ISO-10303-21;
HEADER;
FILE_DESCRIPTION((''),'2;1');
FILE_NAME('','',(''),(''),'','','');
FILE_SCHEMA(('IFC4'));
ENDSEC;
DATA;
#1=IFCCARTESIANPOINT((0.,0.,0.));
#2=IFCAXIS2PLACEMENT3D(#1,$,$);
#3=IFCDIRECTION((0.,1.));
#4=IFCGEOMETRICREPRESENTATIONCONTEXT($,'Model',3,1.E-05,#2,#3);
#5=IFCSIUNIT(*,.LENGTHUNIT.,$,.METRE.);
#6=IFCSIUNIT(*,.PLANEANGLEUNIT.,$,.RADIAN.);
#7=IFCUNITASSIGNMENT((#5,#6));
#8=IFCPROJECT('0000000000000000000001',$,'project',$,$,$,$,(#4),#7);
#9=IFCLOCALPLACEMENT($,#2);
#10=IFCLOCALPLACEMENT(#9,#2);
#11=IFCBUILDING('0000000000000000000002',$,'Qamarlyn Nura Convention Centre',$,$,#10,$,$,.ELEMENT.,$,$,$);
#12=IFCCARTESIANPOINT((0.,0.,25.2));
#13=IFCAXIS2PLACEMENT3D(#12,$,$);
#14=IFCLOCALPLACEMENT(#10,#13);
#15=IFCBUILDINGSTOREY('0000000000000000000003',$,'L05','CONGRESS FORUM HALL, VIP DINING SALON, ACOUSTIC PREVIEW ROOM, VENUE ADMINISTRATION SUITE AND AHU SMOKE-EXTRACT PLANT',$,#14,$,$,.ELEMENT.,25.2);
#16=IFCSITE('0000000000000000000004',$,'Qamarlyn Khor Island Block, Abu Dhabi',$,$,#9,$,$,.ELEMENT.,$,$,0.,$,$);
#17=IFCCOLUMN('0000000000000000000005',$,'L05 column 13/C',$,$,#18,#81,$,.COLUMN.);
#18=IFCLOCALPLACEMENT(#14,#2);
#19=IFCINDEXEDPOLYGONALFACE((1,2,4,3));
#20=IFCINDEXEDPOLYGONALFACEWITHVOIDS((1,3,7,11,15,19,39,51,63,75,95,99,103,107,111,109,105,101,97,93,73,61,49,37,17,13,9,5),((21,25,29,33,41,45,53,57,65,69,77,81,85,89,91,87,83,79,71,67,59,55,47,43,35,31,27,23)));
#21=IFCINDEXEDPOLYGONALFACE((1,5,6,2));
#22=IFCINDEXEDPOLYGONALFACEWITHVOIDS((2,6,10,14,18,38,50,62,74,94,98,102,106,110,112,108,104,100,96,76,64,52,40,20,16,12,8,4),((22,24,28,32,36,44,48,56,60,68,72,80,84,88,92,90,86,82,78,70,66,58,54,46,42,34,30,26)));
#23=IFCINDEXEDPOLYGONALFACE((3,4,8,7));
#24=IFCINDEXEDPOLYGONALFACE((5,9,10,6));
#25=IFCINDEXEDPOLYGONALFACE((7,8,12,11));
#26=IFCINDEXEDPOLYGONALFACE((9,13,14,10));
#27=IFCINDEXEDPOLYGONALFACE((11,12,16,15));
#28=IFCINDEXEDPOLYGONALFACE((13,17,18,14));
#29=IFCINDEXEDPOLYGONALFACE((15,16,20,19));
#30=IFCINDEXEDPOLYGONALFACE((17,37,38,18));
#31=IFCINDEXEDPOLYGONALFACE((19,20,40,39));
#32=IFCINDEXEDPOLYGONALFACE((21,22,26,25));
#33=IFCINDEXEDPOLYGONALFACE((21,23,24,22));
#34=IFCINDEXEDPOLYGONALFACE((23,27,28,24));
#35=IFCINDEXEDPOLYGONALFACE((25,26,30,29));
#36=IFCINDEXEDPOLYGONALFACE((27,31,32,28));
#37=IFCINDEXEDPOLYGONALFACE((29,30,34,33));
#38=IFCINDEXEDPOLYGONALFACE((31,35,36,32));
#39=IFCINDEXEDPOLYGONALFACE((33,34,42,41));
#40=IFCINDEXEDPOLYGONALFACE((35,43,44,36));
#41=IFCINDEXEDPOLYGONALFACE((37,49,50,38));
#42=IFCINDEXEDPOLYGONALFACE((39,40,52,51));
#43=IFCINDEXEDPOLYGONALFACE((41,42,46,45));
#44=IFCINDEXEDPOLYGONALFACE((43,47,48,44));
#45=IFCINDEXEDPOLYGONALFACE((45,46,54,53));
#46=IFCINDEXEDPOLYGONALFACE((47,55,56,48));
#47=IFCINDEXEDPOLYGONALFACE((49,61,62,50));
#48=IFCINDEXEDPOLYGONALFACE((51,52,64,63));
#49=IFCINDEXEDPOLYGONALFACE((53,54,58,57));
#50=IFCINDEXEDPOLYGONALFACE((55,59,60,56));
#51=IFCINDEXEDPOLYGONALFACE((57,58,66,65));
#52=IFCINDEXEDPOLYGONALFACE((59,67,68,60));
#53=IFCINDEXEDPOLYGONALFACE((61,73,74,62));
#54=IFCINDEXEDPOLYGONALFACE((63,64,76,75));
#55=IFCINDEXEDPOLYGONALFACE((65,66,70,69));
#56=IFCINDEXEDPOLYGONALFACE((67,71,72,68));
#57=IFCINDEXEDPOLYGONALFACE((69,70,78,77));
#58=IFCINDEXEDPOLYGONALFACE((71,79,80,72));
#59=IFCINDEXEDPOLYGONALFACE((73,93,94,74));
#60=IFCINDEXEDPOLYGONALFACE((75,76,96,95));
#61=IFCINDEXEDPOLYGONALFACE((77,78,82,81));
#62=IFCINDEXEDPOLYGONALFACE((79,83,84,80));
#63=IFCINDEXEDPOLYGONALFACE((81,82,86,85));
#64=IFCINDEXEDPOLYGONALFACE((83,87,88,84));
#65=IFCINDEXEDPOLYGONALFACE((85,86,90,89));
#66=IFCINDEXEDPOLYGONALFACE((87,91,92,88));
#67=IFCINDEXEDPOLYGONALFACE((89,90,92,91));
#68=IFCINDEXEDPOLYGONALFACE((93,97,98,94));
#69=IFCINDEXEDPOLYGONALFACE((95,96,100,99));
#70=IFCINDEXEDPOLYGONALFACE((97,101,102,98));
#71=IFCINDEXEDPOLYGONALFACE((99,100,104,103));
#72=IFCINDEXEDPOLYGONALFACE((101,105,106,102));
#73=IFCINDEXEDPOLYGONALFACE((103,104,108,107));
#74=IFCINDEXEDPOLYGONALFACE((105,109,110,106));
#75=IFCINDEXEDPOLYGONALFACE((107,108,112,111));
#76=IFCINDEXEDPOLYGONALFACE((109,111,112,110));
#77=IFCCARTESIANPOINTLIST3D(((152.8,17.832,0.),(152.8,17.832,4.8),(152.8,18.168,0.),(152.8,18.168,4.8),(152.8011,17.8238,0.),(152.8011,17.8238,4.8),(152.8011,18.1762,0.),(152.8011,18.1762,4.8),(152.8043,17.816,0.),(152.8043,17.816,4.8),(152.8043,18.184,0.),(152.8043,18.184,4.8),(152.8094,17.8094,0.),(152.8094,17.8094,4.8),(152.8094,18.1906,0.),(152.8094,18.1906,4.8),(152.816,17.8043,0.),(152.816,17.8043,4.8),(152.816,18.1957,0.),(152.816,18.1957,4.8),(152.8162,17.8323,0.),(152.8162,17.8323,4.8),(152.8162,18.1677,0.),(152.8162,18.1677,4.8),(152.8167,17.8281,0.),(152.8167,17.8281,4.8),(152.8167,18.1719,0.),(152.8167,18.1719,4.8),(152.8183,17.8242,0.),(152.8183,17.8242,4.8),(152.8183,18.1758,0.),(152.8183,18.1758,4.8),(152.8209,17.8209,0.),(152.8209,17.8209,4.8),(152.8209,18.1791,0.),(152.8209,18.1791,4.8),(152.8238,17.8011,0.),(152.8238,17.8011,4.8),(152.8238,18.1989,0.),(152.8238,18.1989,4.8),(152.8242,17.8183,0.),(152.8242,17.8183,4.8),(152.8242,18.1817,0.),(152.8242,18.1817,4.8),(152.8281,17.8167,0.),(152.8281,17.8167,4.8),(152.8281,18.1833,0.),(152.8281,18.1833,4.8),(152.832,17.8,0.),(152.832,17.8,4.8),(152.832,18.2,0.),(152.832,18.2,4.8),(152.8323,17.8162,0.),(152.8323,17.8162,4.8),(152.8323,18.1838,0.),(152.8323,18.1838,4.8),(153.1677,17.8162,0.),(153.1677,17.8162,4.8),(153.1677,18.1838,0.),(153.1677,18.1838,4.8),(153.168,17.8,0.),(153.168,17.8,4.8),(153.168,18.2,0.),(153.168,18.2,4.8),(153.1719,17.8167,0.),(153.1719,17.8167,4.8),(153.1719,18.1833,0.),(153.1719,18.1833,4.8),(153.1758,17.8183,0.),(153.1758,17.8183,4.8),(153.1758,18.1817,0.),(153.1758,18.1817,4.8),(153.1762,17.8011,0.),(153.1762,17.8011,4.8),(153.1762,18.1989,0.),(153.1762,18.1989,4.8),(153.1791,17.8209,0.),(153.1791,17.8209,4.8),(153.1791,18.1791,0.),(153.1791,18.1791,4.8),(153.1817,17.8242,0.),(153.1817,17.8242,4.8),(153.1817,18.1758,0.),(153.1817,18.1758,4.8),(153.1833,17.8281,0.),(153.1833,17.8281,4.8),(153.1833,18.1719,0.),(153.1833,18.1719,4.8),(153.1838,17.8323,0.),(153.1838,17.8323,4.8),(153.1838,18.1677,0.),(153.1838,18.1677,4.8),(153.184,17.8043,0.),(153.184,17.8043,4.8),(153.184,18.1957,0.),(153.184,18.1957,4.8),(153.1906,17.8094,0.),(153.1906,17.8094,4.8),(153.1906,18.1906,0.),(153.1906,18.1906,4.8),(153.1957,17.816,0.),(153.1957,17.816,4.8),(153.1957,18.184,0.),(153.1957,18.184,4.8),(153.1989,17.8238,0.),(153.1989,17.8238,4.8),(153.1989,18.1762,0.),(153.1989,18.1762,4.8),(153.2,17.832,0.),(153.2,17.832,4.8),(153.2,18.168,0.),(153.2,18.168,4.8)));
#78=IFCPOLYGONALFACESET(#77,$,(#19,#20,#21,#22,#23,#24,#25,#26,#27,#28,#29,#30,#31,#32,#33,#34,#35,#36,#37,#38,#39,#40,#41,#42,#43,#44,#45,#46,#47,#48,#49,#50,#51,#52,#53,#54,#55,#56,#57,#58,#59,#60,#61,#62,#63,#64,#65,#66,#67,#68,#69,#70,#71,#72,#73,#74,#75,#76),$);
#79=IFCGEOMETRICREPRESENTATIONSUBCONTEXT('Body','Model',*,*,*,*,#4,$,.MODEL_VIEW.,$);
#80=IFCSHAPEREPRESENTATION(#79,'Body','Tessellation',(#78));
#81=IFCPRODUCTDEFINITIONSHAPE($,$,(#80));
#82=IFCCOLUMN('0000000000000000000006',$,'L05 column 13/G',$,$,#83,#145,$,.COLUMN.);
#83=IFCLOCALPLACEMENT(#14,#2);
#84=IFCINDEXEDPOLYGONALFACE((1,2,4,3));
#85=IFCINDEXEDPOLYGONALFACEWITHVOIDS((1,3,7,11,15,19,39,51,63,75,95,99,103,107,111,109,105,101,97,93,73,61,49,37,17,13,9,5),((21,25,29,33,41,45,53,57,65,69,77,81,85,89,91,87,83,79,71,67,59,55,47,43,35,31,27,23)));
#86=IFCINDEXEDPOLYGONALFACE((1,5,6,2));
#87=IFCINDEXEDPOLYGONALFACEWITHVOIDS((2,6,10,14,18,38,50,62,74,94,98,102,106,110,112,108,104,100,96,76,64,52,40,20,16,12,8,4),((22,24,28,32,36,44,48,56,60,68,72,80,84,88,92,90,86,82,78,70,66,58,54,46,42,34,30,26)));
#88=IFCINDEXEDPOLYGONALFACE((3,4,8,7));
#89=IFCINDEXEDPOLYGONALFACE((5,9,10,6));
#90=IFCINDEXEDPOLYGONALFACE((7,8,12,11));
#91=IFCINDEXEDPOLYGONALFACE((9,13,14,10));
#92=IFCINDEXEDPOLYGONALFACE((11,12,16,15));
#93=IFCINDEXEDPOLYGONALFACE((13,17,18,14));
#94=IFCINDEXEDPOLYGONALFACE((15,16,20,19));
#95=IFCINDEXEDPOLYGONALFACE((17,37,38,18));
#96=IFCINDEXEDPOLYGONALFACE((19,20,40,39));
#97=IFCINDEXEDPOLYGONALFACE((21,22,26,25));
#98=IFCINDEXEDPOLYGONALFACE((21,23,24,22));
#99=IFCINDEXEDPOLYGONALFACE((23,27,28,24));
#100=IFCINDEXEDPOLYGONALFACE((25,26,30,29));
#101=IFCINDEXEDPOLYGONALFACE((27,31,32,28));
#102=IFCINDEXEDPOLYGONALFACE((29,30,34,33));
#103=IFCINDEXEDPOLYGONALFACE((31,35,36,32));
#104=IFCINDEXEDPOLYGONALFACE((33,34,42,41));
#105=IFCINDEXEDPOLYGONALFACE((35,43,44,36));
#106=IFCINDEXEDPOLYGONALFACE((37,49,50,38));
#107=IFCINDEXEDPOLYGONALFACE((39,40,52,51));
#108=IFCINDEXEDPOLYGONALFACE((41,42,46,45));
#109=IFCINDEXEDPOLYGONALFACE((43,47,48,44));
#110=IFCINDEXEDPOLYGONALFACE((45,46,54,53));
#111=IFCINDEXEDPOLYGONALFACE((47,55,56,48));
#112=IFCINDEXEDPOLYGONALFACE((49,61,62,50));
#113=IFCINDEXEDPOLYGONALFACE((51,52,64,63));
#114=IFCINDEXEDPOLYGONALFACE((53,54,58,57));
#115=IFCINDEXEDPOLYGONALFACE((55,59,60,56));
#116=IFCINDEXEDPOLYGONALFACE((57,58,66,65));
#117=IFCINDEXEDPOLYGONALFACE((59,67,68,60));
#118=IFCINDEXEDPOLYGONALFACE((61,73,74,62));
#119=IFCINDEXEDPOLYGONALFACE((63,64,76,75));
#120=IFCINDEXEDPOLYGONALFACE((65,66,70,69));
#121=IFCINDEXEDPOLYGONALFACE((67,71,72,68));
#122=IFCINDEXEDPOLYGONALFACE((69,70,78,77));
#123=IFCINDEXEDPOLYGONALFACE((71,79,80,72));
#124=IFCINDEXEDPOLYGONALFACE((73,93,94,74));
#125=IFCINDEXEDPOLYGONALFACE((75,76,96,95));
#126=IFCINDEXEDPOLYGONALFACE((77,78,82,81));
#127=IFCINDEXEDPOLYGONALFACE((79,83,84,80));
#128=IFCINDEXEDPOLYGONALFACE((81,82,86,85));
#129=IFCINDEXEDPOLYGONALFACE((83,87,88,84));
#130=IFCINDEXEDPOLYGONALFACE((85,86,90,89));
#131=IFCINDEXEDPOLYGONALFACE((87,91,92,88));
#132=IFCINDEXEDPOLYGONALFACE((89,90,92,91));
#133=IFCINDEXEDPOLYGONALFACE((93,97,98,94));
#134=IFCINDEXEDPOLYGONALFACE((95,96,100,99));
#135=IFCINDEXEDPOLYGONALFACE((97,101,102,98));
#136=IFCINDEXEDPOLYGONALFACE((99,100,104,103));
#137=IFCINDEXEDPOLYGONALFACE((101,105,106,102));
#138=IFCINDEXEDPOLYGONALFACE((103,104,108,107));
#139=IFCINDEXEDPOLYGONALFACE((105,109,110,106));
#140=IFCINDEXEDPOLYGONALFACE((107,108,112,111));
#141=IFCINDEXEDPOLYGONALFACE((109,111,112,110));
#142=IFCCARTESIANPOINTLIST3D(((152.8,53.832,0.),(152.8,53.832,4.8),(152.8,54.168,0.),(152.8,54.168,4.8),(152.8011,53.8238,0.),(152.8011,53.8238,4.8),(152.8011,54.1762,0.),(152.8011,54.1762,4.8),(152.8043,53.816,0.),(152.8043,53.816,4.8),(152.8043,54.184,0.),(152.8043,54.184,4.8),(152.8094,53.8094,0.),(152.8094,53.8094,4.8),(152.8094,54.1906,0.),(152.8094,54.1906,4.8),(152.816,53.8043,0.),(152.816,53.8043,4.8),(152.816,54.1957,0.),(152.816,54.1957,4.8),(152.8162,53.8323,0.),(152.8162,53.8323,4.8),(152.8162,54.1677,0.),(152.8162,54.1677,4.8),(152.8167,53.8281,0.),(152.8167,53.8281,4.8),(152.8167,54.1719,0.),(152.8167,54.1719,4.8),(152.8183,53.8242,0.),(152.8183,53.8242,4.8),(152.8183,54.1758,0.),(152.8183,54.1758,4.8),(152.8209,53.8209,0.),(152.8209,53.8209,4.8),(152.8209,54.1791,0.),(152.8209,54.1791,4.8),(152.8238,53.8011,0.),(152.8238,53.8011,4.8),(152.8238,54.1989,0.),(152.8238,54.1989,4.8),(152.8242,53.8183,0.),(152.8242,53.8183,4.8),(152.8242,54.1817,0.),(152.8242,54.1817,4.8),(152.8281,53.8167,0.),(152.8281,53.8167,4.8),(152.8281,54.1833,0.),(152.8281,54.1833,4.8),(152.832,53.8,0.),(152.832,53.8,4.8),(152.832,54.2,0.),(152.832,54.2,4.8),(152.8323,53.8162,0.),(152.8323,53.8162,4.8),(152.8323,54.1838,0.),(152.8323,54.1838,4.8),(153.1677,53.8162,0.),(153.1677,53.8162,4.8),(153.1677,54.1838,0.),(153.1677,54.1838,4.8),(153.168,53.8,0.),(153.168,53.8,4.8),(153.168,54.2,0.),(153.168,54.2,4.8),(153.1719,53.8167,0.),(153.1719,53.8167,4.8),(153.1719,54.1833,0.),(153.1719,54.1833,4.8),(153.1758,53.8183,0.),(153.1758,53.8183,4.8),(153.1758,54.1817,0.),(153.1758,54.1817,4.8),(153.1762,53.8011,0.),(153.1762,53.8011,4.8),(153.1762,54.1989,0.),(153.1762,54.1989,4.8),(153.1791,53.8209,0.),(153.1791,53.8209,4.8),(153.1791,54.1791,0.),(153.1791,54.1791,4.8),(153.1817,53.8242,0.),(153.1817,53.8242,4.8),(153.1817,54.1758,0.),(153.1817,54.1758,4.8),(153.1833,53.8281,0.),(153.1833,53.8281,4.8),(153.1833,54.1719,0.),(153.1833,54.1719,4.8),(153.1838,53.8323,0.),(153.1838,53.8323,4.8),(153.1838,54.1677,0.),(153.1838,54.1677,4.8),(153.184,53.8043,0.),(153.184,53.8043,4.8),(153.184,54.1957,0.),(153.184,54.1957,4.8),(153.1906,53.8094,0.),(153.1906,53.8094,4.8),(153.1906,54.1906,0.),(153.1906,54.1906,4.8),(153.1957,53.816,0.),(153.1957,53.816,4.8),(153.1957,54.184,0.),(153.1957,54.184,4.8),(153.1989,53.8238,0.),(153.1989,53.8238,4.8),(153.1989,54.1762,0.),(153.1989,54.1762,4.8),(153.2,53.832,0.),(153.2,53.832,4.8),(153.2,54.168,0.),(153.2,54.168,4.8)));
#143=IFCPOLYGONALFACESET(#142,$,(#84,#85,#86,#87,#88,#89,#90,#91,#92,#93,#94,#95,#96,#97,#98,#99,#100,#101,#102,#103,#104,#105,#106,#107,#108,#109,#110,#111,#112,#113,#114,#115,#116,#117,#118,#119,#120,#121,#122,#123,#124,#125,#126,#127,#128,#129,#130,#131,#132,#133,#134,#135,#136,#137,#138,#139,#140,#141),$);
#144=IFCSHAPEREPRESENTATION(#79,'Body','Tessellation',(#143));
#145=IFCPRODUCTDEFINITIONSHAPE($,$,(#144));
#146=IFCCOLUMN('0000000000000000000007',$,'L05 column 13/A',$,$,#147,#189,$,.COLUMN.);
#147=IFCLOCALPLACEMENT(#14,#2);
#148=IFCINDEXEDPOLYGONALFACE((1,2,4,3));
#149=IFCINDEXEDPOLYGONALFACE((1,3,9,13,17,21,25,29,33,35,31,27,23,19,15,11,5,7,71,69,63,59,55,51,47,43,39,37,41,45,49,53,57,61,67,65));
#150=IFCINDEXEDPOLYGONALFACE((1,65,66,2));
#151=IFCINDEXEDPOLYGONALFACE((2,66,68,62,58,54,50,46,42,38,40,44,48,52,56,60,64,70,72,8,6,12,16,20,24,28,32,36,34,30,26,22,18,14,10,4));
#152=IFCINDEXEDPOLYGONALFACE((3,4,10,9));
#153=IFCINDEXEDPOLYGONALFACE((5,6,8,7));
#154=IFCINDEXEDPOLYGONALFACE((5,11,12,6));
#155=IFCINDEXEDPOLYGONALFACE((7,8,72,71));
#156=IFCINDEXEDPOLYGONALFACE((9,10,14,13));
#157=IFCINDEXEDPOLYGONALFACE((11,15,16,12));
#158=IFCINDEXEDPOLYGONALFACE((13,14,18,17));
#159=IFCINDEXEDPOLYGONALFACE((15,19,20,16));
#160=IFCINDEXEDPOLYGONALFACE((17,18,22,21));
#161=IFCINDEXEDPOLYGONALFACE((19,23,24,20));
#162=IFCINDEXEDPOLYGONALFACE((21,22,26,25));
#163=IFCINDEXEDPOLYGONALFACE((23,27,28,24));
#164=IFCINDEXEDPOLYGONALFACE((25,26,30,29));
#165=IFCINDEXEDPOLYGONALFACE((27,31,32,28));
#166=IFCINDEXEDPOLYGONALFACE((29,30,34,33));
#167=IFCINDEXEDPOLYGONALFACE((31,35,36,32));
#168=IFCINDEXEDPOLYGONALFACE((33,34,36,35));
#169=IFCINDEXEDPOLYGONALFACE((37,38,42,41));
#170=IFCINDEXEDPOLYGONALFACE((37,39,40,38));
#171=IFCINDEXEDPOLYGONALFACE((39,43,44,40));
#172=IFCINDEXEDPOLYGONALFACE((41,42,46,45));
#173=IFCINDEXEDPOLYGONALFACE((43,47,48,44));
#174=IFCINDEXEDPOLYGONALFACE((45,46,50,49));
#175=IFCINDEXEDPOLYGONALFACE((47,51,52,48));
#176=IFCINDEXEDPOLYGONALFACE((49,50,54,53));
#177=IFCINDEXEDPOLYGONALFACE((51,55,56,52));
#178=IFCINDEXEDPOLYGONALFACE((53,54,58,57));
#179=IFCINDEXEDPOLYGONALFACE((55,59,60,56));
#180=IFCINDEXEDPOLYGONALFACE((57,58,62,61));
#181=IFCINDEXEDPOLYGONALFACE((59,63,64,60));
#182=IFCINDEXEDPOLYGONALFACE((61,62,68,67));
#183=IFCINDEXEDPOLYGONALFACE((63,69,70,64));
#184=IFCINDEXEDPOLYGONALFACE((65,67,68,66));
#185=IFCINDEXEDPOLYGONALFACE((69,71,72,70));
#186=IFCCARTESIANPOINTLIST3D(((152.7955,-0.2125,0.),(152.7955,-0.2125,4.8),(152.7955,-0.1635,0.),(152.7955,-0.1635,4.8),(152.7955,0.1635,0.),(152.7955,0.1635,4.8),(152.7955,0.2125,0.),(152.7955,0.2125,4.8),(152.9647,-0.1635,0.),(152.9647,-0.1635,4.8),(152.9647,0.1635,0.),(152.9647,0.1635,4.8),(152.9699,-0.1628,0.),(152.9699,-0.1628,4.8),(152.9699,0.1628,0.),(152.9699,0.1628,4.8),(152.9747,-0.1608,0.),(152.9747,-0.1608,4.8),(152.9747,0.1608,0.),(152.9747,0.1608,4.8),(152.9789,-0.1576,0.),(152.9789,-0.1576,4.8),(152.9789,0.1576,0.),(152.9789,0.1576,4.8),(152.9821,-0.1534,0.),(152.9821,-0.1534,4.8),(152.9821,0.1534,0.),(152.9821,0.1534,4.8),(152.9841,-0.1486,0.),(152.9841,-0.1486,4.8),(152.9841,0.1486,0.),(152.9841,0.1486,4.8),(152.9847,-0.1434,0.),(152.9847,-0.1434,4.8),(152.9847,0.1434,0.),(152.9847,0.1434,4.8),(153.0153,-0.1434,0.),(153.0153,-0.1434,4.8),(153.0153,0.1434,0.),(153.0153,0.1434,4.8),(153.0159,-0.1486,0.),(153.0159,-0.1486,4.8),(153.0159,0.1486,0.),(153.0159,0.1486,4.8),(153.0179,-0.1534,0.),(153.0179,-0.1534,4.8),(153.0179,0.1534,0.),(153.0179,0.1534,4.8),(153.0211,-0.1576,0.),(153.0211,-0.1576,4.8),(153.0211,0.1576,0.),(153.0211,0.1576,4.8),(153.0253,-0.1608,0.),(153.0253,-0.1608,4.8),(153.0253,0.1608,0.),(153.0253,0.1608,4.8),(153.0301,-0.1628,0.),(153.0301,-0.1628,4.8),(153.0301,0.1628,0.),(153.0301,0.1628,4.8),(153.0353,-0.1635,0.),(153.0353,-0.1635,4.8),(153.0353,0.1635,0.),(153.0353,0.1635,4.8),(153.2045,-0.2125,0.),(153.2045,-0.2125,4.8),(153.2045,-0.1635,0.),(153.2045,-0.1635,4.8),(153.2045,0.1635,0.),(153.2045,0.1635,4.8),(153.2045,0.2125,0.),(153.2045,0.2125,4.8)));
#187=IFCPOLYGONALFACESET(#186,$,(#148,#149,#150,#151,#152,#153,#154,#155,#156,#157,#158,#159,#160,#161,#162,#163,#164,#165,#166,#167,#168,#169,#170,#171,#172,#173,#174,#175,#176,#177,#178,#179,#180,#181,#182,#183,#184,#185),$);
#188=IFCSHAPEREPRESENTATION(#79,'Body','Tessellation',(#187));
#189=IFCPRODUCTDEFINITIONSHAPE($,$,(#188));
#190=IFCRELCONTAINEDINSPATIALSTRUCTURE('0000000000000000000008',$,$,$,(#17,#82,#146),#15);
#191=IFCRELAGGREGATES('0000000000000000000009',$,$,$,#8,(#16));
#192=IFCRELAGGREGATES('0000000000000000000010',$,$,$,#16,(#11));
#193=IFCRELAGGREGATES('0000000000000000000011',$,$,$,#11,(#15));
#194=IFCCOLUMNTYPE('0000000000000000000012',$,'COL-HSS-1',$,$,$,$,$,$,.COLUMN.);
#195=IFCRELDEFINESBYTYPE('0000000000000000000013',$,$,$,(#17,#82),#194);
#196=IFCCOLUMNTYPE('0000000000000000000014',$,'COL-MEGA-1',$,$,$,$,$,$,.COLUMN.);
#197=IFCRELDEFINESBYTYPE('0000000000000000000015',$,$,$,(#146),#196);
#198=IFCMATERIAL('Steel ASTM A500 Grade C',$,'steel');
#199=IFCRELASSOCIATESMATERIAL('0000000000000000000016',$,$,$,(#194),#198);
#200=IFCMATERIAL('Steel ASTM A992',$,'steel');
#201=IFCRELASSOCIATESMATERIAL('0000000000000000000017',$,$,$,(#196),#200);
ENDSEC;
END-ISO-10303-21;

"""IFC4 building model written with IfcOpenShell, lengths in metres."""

from ifc_helpers import new_model, si_unit, direction, frame, origin, origin_2d, place, context, subcontext, project, spatial, hollow_rectangle, i_section, extrude, material, material_profile, profile_set, type_object, element, save


model = new_model("IFC4")

# Units and contexts
model_context = context("Model", 3, precision=1e-05, world=origin(), true_north=direction((0.0, 1.0)))
body_context = subcontext(model_context, "Body", "Model", "MODEL_VIEW")
ifc_project = project(units=[si_unit("LENGTHUNIT", "METRE"), si_unit("PLANEANGLEUNIT", "RADIAN")], contexts=[model_context])

# Site, building, storey
site_placement = place(None, origin())
site = spatial("IfcSite", under=ifc_project, at=site_placement, Name="Qamarlyn Khor Island Block, Abu Dhabi", CompositionType="ELEMENT", RefElevation=0.0)
building_placement = place(site_placement, origin())
building = spatial("IfcBuilding", under=site, at=building_placement, Name="Qamarlyn Nura Convention Centre", CompositionType="ELEMENT")
storey_placement = place(building_placement, frame((0.0, 0.0, 25.2)))
storey = spatial("IfcBuildingStorey", under=building, at=storey_placement, Name="L05", Description="CONGRESS FORUM HALL, VIP DINING SALON, ACOUSTIC PREVIEW ROOM, VENUE ADMINISTRATION SUITE AND AHU SMOKE-EXTRACT PLANT", CompositionType="ELEMENT", Elevation=25.2)

# Columns
ifc_material_1 = material(Name="Steel ASTM A500 Grade C", Category="steel")
ifc_material_profile_1 = material_profile(ifc_material_1, hollow_rectangle(XDim=0.3999, YDim=0.3999, WallThickness=0.0161, InnerFilletRadius=0.0161, OuterFilletRadius=0.032, at=origin_2d()), Name="HSS400X400X16")
ifc_profile_set_1 = profile_set([ifc_material_profile_1], Name="Steel ASTM A500 Grade C")
column_type_1 = type_object("IfcColumnType", Name="COL-HSS-1", PredefinedType="COLUMN", material=ifc_profile_set_1)
for number, where, z_axis, x_axis, name in (
    (1, (153.0, 18.0, 0.0), (0.0, 0.0, 1.0), (1.0, 0.0, 0.0), "L05 column 13/C"),
    (2, (153.0, 54.0, 0.0), (0.0, 0.0, 1.0), (1.0, 0.0, 0.0), "L05 column 13/G"),
):
    element("IfcColumn", number, at=place(storey_placement, frame(where, z_axis=z_axis, x_axis=x_axis)), inside=storey, type_object=column_type_1, Name=name, PredefinedType="COLUMN", context=body_context, shape_type="SweptSolid", body=[
        extrude(hollow_rectangle(XDim=0.3999, YDim=0.3999, WallThickness=0.0161, InnerFilletRadius=0.0161, OuterFilletRadius=0.032, at=origin_2d()), origin(), (0.0, 0.0, 1.0), 4.8),
    ])
ifc_material_2 = material(Name="Steel ASTM A992", Category="steel")
ifc_material_profile_2 = material_profile(ifc_material_2, i_section(OverallWidth=0.4089, OverallDepth=0.425, WebThickness=0.0305, FlangeThickness=0.0491, FilletRadius=0.02, at=origin_2d()), Name="W360X421")
ifc_profile_set_2 = profile_set([ifc_material_profile_2], Name="Steel ASTM A992")
column_type_2 = type_object("IfcColumnType", Name="COL-MEGA-1", PredefinedType="COLUMN", material=ifc_profile_set_2)
for number, where, z_axis, x_axis, name in (
    (3, (153.0, 0.0, 0.0), (0.0, 0.0, 1.0), (1.0, 0.0, 0.0), "L05 column 13/A"),
):
    element("IfcColumn", number, at=place(storey_placement, frame(where, z_axis=z_axis, x_axis=x_axis)), inside=storey, type_object=column_type_2, Name=name, PredefinedType="COLUMN", context=body_context, shape_type="SweptSolid", body=[
        extrude(i_section(OverallWidth=0.4089, OverallDepth=0.425, WebThickness=0.0305, FlangeThickness=0.0491, FilletRadius=0.02, at=origin_2d()), origin(), (0.0, 0.0, 1.0), 4.8),
    ])

save(model, "model.ifc")
